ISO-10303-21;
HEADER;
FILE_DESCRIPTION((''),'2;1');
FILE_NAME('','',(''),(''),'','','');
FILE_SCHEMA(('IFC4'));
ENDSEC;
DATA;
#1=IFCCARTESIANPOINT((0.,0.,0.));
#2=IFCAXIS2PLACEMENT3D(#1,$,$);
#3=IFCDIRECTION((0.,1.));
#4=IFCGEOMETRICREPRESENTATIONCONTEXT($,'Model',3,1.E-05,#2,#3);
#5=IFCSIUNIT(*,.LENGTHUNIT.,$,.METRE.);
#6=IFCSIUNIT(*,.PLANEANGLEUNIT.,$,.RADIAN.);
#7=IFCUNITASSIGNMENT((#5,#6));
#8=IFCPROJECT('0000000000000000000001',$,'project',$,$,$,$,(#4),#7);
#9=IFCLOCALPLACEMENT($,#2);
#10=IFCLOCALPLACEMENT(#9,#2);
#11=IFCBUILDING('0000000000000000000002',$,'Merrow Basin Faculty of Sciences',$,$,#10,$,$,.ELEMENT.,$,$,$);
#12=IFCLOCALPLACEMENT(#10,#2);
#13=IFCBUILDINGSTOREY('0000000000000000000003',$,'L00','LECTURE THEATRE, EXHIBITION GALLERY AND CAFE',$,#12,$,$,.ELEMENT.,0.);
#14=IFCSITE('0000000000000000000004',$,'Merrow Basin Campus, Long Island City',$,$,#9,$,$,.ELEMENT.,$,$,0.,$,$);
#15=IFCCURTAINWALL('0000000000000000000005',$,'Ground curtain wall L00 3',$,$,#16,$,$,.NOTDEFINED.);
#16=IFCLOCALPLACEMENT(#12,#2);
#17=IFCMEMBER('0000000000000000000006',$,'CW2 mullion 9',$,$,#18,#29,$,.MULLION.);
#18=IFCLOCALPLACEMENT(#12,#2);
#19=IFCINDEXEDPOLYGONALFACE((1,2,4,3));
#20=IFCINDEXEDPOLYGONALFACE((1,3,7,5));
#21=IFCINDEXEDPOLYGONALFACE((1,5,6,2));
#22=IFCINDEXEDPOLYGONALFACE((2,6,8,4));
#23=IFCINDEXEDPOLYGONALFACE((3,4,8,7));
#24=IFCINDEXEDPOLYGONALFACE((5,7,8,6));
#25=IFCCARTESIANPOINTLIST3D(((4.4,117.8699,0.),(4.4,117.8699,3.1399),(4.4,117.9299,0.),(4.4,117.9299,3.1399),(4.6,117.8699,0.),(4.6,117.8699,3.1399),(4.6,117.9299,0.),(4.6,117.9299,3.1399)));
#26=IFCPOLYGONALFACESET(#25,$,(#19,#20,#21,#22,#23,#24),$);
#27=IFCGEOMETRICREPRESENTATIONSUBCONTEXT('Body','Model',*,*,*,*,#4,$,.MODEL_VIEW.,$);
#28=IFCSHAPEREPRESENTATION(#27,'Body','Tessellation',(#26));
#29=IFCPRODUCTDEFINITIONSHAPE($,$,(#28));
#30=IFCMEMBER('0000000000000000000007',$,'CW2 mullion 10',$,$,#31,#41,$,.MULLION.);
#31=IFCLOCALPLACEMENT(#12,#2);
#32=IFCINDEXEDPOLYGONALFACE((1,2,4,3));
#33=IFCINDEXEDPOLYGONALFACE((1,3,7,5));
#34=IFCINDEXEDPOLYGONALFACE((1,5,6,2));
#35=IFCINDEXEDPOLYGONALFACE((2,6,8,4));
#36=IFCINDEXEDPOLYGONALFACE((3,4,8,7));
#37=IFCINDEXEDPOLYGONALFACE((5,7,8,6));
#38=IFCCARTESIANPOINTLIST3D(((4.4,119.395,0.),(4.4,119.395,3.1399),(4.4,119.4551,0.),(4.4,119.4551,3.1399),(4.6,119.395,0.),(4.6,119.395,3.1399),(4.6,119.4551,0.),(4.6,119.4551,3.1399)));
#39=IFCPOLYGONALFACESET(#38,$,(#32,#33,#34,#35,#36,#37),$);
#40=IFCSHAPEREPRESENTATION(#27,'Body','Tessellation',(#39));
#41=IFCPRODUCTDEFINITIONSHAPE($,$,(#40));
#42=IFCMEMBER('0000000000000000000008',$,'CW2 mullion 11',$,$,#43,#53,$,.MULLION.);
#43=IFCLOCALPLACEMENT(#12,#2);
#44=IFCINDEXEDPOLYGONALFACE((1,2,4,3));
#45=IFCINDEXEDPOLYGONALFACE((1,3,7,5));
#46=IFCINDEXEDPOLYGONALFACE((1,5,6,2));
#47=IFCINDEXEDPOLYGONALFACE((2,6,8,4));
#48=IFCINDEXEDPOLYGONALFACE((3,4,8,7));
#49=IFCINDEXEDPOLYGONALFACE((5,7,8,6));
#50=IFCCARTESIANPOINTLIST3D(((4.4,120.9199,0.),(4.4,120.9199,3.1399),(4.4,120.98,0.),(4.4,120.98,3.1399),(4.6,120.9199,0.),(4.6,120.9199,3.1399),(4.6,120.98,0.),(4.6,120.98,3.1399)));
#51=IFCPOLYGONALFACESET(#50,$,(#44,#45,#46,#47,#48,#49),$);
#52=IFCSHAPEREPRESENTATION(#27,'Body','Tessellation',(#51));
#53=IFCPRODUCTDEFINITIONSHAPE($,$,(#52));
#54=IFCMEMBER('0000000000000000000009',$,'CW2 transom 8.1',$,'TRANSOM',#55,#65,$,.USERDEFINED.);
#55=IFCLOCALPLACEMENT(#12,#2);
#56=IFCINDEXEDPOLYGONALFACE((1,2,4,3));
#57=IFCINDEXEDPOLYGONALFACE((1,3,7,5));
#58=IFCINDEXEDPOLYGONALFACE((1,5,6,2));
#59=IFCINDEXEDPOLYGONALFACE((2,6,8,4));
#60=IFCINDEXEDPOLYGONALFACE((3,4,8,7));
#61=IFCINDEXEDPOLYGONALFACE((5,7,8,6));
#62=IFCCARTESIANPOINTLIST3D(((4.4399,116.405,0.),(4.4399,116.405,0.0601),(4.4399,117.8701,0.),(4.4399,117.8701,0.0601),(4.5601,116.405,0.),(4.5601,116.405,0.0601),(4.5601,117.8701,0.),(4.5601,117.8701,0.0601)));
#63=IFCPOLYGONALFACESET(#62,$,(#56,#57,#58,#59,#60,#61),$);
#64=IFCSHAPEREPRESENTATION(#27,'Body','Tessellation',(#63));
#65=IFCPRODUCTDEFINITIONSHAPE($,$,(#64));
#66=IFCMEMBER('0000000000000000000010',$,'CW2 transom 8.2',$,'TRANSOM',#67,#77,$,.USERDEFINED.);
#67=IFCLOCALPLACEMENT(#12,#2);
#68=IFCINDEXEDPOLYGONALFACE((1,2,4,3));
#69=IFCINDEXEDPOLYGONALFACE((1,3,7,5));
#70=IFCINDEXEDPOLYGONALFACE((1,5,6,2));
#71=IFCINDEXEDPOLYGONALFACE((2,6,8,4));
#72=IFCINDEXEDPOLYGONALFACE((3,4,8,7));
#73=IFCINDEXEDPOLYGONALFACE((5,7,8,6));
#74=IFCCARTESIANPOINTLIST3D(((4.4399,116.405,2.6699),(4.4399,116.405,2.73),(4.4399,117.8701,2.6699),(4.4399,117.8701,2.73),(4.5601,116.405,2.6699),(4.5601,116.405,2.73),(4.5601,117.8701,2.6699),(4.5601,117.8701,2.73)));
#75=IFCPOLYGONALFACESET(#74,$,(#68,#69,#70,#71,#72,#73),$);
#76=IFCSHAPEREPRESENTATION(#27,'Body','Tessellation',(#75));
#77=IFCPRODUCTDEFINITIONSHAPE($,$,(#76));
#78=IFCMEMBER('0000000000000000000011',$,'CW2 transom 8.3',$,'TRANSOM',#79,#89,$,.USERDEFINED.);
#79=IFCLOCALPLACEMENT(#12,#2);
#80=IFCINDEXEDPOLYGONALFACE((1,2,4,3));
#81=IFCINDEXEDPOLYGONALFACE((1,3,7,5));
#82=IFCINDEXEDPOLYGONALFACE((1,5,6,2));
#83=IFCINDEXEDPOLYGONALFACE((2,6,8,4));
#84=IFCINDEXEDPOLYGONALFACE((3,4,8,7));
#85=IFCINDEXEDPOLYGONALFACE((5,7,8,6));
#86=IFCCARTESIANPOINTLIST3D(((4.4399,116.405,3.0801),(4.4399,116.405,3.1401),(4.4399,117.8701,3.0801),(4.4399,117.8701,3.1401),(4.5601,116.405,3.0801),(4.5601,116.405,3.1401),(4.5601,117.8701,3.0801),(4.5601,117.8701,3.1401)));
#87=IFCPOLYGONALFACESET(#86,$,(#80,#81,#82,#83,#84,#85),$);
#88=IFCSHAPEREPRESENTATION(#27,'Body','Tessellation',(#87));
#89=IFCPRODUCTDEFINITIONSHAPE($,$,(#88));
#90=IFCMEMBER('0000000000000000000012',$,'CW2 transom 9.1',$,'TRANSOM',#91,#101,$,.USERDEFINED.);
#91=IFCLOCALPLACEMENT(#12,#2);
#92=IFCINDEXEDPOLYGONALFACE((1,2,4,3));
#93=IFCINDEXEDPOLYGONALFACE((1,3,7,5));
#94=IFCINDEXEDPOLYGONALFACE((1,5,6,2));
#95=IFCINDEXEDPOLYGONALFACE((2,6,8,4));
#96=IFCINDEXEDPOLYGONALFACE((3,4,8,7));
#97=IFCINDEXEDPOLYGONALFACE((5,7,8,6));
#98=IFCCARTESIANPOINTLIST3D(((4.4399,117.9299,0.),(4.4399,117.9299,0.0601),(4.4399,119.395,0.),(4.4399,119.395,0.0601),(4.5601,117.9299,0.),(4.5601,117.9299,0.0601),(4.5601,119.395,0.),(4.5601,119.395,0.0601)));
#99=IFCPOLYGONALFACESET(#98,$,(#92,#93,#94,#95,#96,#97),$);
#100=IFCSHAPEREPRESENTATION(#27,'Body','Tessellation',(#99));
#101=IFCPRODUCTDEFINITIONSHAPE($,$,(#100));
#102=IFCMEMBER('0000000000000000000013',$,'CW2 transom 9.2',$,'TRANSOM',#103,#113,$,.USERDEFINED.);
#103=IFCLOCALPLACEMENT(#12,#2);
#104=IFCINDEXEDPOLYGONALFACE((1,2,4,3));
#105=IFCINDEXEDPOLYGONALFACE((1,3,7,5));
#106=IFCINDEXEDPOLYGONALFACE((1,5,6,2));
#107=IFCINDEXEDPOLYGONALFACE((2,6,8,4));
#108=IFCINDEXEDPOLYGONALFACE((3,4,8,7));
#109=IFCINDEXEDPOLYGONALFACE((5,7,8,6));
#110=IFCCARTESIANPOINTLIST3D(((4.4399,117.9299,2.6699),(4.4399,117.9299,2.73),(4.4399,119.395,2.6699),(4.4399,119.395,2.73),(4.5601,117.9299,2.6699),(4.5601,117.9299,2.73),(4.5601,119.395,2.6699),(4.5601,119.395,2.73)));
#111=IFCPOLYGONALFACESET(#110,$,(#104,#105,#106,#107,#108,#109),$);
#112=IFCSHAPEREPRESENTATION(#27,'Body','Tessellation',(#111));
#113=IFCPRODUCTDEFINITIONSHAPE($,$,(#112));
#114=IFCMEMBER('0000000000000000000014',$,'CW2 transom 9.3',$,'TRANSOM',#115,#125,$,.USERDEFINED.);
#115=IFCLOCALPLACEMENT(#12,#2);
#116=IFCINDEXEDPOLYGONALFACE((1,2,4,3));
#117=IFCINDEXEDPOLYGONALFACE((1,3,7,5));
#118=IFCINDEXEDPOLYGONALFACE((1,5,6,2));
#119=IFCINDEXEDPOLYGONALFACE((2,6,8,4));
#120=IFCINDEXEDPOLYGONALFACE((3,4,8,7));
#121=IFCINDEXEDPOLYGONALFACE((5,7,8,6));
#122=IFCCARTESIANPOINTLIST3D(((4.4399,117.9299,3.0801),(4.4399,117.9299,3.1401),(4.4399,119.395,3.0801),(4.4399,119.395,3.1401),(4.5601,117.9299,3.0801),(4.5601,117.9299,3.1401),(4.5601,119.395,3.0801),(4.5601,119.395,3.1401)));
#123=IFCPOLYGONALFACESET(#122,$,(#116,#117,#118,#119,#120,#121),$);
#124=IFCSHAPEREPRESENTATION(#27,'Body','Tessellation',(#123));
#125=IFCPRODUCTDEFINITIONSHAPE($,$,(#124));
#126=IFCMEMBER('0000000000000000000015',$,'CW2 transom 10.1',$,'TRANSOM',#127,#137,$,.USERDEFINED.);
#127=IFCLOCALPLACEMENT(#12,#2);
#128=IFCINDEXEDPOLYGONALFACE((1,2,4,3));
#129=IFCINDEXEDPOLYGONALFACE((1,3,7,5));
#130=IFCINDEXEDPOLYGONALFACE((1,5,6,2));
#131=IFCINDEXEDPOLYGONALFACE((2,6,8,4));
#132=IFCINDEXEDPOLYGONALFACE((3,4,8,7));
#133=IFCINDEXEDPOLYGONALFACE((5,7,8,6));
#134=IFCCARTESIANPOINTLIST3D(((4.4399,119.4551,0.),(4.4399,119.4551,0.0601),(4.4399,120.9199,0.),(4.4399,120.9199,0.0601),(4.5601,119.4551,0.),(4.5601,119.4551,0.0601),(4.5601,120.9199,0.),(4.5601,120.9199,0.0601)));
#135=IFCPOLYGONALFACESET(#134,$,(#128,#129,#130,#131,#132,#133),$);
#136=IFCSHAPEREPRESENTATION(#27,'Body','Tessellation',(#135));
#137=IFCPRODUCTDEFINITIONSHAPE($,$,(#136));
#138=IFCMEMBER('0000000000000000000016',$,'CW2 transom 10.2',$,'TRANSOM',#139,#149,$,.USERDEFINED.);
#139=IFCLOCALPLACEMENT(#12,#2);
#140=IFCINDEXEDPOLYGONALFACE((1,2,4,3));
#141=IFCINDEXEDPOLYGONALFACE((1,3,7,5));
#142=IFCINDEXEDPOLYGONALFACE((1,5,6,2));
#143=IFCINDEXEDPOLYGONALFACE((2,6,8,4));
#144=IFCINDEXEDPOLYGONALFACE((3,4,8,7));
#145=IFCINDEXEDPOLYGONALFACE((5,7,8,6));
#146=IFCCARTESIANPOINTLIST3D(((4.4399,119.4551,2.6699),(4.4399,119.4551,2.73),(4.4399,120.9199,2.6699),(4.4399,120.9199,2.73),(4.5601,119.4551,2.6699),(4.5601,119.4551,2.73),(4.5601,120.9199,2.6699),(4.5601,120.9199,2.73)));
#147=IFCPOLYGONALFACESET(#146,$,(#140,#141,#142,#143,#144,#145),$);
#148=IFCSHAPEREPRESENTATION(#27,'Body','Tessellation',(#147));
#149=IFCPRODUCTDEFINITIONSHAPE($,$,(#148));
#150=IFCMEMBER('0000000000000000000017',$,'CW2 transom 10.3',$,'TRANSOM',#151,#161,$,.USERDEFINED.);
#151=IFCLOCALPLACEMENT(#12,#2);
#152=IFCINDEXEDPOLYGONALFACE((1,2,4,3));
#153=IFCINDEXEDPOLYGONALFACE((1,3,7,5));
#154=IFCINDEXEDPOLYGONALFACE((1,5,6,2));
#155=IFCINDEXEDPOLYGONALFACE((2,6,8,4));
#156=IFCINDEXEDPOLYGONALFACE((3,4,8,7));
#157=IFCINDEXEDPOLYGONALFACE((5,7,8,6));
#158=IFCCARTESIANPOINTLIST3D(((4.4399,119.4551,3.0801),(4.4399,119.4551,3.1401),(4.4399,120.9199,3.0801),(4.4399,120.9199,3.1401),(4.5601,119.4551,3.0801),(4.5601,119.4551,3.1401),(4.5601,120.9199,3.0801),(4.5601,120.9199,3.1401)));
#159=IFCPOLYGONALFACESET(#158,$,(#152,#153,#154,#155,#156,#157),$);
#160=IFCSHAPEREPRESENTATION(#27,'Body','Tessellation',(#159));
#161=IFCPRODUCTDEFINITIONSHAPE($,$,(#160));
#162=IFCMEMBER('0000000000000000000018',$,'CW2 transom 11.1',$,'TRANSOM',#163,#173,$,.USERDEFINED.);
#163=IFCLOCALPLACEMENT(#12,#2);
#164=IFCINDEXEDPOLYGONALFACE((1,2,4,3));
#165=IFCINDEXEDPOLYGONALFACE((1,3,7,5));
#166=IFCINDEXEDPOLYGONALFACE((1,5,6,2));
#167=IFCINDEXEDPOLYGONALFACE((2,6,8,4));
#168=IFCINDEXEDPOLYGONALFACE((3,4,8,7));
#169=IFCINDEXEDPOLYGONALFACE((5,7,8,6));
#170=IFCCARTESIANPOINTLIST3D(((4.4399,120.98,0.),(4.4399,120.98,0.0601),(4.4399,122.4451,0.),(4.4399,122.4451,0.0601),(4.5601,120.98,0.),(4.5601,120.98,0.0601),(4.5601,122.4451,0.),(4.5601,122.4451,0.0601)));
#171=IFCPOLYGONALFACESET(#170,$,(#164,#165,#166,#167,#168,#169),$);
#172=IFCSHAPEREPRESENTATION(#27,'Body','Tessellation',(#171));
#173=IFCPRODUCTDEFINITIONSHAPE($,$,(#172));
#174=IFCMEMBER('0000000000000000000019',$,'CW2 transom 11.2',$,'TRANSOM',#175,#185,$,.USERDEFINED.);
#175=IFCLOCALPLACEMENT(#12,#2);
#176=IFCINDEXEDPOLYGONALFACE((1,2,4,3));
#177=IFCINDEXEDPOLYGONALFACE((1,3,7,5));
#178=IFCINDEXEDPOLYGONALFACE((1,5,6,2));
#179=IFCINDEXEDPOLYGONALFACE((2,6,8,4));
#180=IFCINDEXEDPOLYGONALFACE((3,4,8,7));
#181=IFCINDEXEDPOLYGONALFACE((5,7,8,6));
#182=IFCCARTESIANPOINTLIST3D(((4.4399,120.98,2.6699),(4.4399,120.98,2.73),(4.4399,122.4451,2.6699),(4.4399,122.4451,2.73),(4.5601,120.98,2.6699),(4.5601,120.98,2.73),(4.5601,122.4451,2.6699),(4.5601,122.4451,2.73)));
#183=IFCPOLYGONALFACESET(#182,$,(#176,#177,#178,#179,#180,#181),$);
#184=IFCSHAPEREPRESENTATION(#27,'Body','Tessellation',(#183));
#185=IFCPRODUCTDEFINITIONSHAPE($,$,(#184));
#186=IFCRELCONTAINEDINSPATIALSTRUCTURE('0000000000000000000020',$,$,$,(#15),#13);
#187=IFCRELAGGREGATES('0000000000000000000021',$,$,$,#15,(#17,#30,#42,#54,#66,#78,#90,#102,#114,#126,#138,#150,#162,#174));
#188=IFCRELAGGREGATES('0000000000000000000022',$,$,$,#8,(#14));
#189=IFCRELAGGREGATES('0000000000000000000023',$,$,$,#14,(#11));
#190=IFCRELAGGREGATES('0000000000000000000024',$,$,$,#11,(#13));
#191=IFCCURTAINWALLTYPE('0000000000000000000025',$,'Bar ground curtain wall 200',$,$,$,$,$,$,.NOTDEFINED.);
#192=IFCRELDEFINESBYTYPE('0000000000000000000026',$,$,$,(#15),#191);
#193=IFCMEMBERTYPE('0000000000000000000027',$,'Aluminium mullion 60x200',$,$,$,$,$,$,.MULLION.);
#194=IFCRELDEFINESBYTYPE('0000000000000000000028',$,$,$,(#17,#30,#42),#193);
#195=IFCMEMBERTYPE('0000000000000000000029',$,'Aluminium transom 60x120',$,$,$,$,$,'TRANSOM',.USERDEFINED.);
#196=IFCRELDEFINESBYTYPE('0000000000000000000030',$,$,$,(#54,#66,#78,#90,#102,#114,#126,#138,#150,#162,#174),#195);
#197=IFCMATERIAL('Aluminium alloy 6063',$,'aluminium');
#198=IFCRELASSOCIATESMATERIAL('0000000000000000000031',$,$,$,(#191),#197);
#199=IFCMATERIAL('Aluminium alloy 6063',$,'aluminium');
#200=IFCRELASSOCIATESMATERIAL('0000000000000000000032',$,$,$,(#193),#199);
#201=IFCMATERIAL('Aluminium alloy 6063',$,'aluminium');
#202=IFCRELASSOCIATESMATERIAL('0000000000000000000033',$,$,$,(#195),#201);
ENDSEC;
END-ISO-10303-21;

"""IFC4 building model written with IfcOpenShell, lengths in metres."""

from ifc_helpers import new_model, si_unit, direction, frame, origin, origin_2d, place, context, subcontext, project, spatial, rectangle, extrude, material, material_profile, profile_set, type_object, element, aggregate, save


model = new_model("IFC4")

# Units and contexts
model_context = context("Model", 3, precision=1e-05, world=origin(), true_north=direction((0.0, 1.0)))
body_context = subcontext(model_context, "Body", "Model", "MODEL_VIEW")
ifc_project = project(units=[si_unit("LENGTHUNIT", "METRE"), si_unit("PLANEANGLEUNIT", "RADIAN")], contexts=[model_context])

# Site, building, storey
site_placement = place(None, origin())
site = spatial("IfcSite", under=ifc_project, at=site_placement, Name="Merrow Basin Campus, Long Island City", CompositionType="ELEMENT", RefElevation=0.0)
building_placement = place(site_placement, origin())
building = spatial("IfcBuilding", under=site, at=building_placement, Name="Merrow Basin Faculty of Sciences", CompositionType="ELEMENT")
storey_placement = place(building_placement, origin())
storey = spatial("IfcBuildingStorey", under=building, at=storey_placement, Name="L00", Description="LECTURE THEATRE, EXHIBITION GALLERY AND CAFE", CompositionType="ELEMENT", Elevation=0.0)

# Curtain wall, members
ifc_material_1 = material(Name="Aluminium alloy 6063", Category="aluminium")
curtain_wall_type = type_object("IfcCurtainWallType", Name="Bar ground curtain wall 200", PredefinedType="NOTDEFINED", material=ifc_material_1)
curtain_wall_placement = place(storey_placement, origin())
curtain_wall = element("IfcCurtainWall", 1, at=curtain_wall_placement, inside=storey, type_object=curtain_wall_type, Name="Ground curtain wall L00 3", PredefinedType="NOTDEFINED")
ifc_material_2 = material(Name="Aluminium alloy 6063", Category="aluminium")
ifc_material_profile_1 = material_profile(ifc_material_2, rectangle(XDim=0.2, YDim=0.0601, at=origin_2d()))
ifc_profile_set_1 = profile_set([ifc_material_profile_1], Name="Aluminium alloy 6063")
member_type_1 = type_object("IfcMemberType", Name="Aluminium mullion 60x200", PredefinedType="MULLION", material=ifc_profile_set_1)
member_1_placement = place(storey_placement, frame((4.5, 117.8999, 0.0), z_axis=(0.0, 0.0, 1.0), x_axis=(-1.0, 0.0, 0.0)))
member_1 = element("IfcMember", 2, at=member_1_placement, type_object=member_type_1, Name="CW2 mullion 9", PredefinedType="MULLION", context=body_context, shape_type="SweptSolid", body=[
    extrude(rectangle(XDim=0.2, YDim=0.0601, at=origin_2d()), origin(), (0.0, 0.0, 1.0), 3.1399),
])
member_2_placement = place(storey_placement, frame((4.5, 119.425, 0.0), z_axis=(0.0, 0.0, 1.0), x_axis=(-1.0, 0.0, 0.0)))
member_2 = element("IfcMember", 3, at=member_2_placement, type_object=member_type_1, Name="CW2 mullion 10", PredefinedType="MULLION", context=body_context, shape_type="SweptSolid", body=[
    extrude(rectangle(XDim=0.2, YDim=0.0601, at=origin_2d()), origin(), (0.0, 0.0, 1.0), 3.1399),
])
member_3_placement = place(storey_placement, frame((4.5, 120.95, 0.0), z_axis=(0.0, 0.0, 1.0), x_axis=(-1.0, 0.0, 0.0)))
member_3 = element("IfcMember", 4, at=member_3_placement, type_object=member_type_1, Name="CW2 mullion 11", PredefinedType="MULLION", context=body_context, shape_type="SweptSolid", body=[
    extrude(rectangle(XDim=0.2, YDim=0.0601, at=origin_2d()), origin(), (0.0, 0.0, 1.0), 3.1399),
])
ifc_material_3 = material(Name="Aluminium alloy 6063", Category="aluminium")
ifc_material_profile_2 = material_profile(ifc_material_3, rectangle(XDim=0.1201, YDim=0.0601, at=origin_2d()))
ifc_profile_set_2 = profile_set([ifc_material_profile_2], Name="Aluminium alloy 6063")
member_type_2 = type_object("IfcMemberType", Name="Aluminium transom 60x120", ElementType="TRANSOM", PredefinedType="USERDEFINED", material=ifc_profile_set_2)
member_4_placement = place(storey_placement, frame((4.5, 116.405, 0.03), z_axis=(0.0, 1.0, 0.0), x_axis=(-1.0, 0.0, 0.0)))
member_4 = element("IfcMember", 5, at=member_4_placement, type_object=member_type_2, Name="CW2 transom 8.1", ObjectType="TRANSOM", PredefinedType="USERDEFINED", context=body_context, shape_type="SweptSolid", body=[
    extrude(rectangle(XDim=0.1201, YDim=0.0601, at=origin_2d()), origin(), (0.0, 0.0, 1.0), 1.4651),
])
member_5_placement = place(storey_placement, frame((4.5, 116.405, 2.7), z_axis=(0.0, 1.0, 0.0), x_axis=(-1.0, 0.0, 0.0)))
member_5 = element("IfcMember", 6, at=member_5_placement, type_object=member_type_2, Name="CW2 transom 8.2", ObjectType="TRANSOM", PredefinedType="USERDEFINED", context=body_context, shape_type="SweptSolid", body=[
    extrude(rectangle(XDim=0.1201, YDim=0.0601, at=origin_2d()), origin(), (0.0, 0.0, 1.0), 1.4651),
])
member_6_placement = place(storey_placement, frame((4.5, 116.405, 3.1101), z_axis=(0.0, 1.0, 0.0), x_axis=(-1.0, 0.0, 0.0)))
member_6 = element("IfcMember", 7, at=member_6_placement, type_object=member_type_2, Name="CW2 transom 8.3", ObjectType="TRANSOM", PredefinedType="USERDEFINED", context=body_context, shape_type="SweptSolid", body=[
    extrude(rectangle(XDim=0.1201, YDim=0.0601, at=origin_2d()), origin(), (0.0, 0.0, 1.0), 1.4651),
])
member_7_placement = place(storey_placement, frame((4.5, 117.9299, 0.03), z_axis=(0.0, 1.0, 0.0), x_axis=(-1.0, 0.0, 0.0)))
member_7 = element("IfcMember", 8, at=member_7_placement, type_object=member_type_2, Name="CW2 transom 9.1", ObjectType="TRANSOM", PredefinedType="USERDEFINED", context=body_context, shape_type="SweptSolid", body=[
    extrude(rectangle(XDim=0.1201, YDim=0.0601, at=origin_2d()), origin(), (0.0, 0.0, 1.0), 1.4651),
])
member_8_placement = place(storey_placement, frame((4.5, 117.9299, 2.7), z_axis=(0.0, 1.0, 0.0), x_axis=(-1.0, 0.0, 0.0)))
member_8 = element("IfcMember", 9, at=member_8_placement, type_object=member_type_2, Name="CW2 transom 9.2", ObjectType="TRANSOM", PredefinedType="USERDEFINED", context=body_context, shape_type="SweptSolid", body=[
    extrude(rectangle(XDim=0.1201, YDim=0.0601, at=origin_2d()), origin(), (0.0, 0.0, 1.0), 1.4651),
])
member_9_placement = place(storey_placement, frame((4.5, 117.9299, 3.1101), z_axis=(0.0, 1.0, 0.0), x_axis=(-1.0, 0.0, 0.0)))
member_9 = element("IfcMember", 10, at=member_9_placement, type_object=member_type_2, Name="CW2 transom 9.3", ObjectType="TRANSOM", PredefinedType="USERDEFINED", context=body_context, shape_type="SweptSolid", body=[
    extrude(rectangle(XDim=0.1201, YDim=0.0601, at=origin_2d()), origin(), (0.0, 0.0, 1.0), 1.4651),
])
member_10_placement = place(storey_placement, frame((4.5, 119.4551, 0.03), z_axis=(0.0, 1.0, 0.0), x_axis=(-1.0, 0.0, 0.0)))
member_10 = element("IfcMember", 11, at=member_10_placement, type_object=member_type_2, Name="CW2 transom 10.1", ObjectType="TRANSOM", PredefinedType="USERDEFINED", context=body_context, shape_type="SweptSolid", body=[
    extrude(rectangle(XDim=0.1201, YDim=0.0601, at=origin_2d()), origin(), (0.0, 0.0, 1.0), 1.4648),
])
member_11_placement = place(storey_placement, frame((4.5, 119.4551, 2.7), z_axis=(0.0, 1.0, 0.0), x_axis=(-1.0, 0.0, 0.0)))
member_11 = element("IfcMember", 12, at=member_11_placement, type_object=member_type_2, Name="CW2 transom 10.2", ObjectType="TRANSOM", PredefinedType="USERDEFINED", context=body_context, shape_type="SweptSolid", body=[
    extrude(rectangle(XDim=0.1201, YDim=0.0601, at=origin_2d()), origin(), (0.0, 0.0, 1.0), 1.4648),
])
member_12_placement = place(storey_placement, frame((4.5, 119.4551, 3.1101), z_axis=(0.0, 1.0, 0.0), x_axis=(-1.0, 0.0, 0.0)))
member_12 = element("IfcMember", 13, at=member_12_placement, type_object=member_type_2, Name="CW2 transom 10.3", ObjectType="TRANSOM", PredefinedType="USERDEFINED", context=body_context, shape_type="SweptSolid", body=[
    extrude(rectangle(XDim=0.1201, YDim=0.0601, at=origin_2d()), origin(), (0.0, 0.0, 1.0), 1.4648),
])
member_13_placement = place(storey_placement, frame((4.5, 120.98, 0.03), z_axis=(0.0, 1.0, 0.0), x_axis=(-1.0, 0.0, 0.0)))
member_13 = element("IfcMember", 14, at=member_13_placement, type_object=member_type_2, Name="CW2 transom 11.1", ObjectType="TRANSOM", PredefinedType="USERDEFINED", context=body_context, shape_type="SweptSolid", body=[
    extrude(rectangle(XDim=0.1201, YDim=0.0601, at=origin_2d()), origin(), (0.0, 0.0, 1.0), 1.4651),
])
member_14_placement = place(storey_placement, frame((4.5, 120.98, 2.7), z_axis=(0.0, 1.0, 0.0), x_axis=(-1.0, 0.0, 0.0)))
member_14 = element("IfcMember", 15, at=member_14_placement, type_object=member_type_2, Name="CW2 transom 11.2", ObjectType="TRANSOM", PredefinedType="USERDEFINED", context=body_context, shape_type="SweptSolid", body=[
    extrude(rectangle(XDim=0.1201, YDim=0.0601, at=origin_2d()), origin(), (0.0, 0.0, 1.0), 1.4651),
])
aggregate(curtain_wall, [member_1, member_2, member_3, member_4, member_5, member_6, member_7, member_8, member_9, member_10, member_11, member_12, member_13, member_14])

save(model, "model.ifc")
